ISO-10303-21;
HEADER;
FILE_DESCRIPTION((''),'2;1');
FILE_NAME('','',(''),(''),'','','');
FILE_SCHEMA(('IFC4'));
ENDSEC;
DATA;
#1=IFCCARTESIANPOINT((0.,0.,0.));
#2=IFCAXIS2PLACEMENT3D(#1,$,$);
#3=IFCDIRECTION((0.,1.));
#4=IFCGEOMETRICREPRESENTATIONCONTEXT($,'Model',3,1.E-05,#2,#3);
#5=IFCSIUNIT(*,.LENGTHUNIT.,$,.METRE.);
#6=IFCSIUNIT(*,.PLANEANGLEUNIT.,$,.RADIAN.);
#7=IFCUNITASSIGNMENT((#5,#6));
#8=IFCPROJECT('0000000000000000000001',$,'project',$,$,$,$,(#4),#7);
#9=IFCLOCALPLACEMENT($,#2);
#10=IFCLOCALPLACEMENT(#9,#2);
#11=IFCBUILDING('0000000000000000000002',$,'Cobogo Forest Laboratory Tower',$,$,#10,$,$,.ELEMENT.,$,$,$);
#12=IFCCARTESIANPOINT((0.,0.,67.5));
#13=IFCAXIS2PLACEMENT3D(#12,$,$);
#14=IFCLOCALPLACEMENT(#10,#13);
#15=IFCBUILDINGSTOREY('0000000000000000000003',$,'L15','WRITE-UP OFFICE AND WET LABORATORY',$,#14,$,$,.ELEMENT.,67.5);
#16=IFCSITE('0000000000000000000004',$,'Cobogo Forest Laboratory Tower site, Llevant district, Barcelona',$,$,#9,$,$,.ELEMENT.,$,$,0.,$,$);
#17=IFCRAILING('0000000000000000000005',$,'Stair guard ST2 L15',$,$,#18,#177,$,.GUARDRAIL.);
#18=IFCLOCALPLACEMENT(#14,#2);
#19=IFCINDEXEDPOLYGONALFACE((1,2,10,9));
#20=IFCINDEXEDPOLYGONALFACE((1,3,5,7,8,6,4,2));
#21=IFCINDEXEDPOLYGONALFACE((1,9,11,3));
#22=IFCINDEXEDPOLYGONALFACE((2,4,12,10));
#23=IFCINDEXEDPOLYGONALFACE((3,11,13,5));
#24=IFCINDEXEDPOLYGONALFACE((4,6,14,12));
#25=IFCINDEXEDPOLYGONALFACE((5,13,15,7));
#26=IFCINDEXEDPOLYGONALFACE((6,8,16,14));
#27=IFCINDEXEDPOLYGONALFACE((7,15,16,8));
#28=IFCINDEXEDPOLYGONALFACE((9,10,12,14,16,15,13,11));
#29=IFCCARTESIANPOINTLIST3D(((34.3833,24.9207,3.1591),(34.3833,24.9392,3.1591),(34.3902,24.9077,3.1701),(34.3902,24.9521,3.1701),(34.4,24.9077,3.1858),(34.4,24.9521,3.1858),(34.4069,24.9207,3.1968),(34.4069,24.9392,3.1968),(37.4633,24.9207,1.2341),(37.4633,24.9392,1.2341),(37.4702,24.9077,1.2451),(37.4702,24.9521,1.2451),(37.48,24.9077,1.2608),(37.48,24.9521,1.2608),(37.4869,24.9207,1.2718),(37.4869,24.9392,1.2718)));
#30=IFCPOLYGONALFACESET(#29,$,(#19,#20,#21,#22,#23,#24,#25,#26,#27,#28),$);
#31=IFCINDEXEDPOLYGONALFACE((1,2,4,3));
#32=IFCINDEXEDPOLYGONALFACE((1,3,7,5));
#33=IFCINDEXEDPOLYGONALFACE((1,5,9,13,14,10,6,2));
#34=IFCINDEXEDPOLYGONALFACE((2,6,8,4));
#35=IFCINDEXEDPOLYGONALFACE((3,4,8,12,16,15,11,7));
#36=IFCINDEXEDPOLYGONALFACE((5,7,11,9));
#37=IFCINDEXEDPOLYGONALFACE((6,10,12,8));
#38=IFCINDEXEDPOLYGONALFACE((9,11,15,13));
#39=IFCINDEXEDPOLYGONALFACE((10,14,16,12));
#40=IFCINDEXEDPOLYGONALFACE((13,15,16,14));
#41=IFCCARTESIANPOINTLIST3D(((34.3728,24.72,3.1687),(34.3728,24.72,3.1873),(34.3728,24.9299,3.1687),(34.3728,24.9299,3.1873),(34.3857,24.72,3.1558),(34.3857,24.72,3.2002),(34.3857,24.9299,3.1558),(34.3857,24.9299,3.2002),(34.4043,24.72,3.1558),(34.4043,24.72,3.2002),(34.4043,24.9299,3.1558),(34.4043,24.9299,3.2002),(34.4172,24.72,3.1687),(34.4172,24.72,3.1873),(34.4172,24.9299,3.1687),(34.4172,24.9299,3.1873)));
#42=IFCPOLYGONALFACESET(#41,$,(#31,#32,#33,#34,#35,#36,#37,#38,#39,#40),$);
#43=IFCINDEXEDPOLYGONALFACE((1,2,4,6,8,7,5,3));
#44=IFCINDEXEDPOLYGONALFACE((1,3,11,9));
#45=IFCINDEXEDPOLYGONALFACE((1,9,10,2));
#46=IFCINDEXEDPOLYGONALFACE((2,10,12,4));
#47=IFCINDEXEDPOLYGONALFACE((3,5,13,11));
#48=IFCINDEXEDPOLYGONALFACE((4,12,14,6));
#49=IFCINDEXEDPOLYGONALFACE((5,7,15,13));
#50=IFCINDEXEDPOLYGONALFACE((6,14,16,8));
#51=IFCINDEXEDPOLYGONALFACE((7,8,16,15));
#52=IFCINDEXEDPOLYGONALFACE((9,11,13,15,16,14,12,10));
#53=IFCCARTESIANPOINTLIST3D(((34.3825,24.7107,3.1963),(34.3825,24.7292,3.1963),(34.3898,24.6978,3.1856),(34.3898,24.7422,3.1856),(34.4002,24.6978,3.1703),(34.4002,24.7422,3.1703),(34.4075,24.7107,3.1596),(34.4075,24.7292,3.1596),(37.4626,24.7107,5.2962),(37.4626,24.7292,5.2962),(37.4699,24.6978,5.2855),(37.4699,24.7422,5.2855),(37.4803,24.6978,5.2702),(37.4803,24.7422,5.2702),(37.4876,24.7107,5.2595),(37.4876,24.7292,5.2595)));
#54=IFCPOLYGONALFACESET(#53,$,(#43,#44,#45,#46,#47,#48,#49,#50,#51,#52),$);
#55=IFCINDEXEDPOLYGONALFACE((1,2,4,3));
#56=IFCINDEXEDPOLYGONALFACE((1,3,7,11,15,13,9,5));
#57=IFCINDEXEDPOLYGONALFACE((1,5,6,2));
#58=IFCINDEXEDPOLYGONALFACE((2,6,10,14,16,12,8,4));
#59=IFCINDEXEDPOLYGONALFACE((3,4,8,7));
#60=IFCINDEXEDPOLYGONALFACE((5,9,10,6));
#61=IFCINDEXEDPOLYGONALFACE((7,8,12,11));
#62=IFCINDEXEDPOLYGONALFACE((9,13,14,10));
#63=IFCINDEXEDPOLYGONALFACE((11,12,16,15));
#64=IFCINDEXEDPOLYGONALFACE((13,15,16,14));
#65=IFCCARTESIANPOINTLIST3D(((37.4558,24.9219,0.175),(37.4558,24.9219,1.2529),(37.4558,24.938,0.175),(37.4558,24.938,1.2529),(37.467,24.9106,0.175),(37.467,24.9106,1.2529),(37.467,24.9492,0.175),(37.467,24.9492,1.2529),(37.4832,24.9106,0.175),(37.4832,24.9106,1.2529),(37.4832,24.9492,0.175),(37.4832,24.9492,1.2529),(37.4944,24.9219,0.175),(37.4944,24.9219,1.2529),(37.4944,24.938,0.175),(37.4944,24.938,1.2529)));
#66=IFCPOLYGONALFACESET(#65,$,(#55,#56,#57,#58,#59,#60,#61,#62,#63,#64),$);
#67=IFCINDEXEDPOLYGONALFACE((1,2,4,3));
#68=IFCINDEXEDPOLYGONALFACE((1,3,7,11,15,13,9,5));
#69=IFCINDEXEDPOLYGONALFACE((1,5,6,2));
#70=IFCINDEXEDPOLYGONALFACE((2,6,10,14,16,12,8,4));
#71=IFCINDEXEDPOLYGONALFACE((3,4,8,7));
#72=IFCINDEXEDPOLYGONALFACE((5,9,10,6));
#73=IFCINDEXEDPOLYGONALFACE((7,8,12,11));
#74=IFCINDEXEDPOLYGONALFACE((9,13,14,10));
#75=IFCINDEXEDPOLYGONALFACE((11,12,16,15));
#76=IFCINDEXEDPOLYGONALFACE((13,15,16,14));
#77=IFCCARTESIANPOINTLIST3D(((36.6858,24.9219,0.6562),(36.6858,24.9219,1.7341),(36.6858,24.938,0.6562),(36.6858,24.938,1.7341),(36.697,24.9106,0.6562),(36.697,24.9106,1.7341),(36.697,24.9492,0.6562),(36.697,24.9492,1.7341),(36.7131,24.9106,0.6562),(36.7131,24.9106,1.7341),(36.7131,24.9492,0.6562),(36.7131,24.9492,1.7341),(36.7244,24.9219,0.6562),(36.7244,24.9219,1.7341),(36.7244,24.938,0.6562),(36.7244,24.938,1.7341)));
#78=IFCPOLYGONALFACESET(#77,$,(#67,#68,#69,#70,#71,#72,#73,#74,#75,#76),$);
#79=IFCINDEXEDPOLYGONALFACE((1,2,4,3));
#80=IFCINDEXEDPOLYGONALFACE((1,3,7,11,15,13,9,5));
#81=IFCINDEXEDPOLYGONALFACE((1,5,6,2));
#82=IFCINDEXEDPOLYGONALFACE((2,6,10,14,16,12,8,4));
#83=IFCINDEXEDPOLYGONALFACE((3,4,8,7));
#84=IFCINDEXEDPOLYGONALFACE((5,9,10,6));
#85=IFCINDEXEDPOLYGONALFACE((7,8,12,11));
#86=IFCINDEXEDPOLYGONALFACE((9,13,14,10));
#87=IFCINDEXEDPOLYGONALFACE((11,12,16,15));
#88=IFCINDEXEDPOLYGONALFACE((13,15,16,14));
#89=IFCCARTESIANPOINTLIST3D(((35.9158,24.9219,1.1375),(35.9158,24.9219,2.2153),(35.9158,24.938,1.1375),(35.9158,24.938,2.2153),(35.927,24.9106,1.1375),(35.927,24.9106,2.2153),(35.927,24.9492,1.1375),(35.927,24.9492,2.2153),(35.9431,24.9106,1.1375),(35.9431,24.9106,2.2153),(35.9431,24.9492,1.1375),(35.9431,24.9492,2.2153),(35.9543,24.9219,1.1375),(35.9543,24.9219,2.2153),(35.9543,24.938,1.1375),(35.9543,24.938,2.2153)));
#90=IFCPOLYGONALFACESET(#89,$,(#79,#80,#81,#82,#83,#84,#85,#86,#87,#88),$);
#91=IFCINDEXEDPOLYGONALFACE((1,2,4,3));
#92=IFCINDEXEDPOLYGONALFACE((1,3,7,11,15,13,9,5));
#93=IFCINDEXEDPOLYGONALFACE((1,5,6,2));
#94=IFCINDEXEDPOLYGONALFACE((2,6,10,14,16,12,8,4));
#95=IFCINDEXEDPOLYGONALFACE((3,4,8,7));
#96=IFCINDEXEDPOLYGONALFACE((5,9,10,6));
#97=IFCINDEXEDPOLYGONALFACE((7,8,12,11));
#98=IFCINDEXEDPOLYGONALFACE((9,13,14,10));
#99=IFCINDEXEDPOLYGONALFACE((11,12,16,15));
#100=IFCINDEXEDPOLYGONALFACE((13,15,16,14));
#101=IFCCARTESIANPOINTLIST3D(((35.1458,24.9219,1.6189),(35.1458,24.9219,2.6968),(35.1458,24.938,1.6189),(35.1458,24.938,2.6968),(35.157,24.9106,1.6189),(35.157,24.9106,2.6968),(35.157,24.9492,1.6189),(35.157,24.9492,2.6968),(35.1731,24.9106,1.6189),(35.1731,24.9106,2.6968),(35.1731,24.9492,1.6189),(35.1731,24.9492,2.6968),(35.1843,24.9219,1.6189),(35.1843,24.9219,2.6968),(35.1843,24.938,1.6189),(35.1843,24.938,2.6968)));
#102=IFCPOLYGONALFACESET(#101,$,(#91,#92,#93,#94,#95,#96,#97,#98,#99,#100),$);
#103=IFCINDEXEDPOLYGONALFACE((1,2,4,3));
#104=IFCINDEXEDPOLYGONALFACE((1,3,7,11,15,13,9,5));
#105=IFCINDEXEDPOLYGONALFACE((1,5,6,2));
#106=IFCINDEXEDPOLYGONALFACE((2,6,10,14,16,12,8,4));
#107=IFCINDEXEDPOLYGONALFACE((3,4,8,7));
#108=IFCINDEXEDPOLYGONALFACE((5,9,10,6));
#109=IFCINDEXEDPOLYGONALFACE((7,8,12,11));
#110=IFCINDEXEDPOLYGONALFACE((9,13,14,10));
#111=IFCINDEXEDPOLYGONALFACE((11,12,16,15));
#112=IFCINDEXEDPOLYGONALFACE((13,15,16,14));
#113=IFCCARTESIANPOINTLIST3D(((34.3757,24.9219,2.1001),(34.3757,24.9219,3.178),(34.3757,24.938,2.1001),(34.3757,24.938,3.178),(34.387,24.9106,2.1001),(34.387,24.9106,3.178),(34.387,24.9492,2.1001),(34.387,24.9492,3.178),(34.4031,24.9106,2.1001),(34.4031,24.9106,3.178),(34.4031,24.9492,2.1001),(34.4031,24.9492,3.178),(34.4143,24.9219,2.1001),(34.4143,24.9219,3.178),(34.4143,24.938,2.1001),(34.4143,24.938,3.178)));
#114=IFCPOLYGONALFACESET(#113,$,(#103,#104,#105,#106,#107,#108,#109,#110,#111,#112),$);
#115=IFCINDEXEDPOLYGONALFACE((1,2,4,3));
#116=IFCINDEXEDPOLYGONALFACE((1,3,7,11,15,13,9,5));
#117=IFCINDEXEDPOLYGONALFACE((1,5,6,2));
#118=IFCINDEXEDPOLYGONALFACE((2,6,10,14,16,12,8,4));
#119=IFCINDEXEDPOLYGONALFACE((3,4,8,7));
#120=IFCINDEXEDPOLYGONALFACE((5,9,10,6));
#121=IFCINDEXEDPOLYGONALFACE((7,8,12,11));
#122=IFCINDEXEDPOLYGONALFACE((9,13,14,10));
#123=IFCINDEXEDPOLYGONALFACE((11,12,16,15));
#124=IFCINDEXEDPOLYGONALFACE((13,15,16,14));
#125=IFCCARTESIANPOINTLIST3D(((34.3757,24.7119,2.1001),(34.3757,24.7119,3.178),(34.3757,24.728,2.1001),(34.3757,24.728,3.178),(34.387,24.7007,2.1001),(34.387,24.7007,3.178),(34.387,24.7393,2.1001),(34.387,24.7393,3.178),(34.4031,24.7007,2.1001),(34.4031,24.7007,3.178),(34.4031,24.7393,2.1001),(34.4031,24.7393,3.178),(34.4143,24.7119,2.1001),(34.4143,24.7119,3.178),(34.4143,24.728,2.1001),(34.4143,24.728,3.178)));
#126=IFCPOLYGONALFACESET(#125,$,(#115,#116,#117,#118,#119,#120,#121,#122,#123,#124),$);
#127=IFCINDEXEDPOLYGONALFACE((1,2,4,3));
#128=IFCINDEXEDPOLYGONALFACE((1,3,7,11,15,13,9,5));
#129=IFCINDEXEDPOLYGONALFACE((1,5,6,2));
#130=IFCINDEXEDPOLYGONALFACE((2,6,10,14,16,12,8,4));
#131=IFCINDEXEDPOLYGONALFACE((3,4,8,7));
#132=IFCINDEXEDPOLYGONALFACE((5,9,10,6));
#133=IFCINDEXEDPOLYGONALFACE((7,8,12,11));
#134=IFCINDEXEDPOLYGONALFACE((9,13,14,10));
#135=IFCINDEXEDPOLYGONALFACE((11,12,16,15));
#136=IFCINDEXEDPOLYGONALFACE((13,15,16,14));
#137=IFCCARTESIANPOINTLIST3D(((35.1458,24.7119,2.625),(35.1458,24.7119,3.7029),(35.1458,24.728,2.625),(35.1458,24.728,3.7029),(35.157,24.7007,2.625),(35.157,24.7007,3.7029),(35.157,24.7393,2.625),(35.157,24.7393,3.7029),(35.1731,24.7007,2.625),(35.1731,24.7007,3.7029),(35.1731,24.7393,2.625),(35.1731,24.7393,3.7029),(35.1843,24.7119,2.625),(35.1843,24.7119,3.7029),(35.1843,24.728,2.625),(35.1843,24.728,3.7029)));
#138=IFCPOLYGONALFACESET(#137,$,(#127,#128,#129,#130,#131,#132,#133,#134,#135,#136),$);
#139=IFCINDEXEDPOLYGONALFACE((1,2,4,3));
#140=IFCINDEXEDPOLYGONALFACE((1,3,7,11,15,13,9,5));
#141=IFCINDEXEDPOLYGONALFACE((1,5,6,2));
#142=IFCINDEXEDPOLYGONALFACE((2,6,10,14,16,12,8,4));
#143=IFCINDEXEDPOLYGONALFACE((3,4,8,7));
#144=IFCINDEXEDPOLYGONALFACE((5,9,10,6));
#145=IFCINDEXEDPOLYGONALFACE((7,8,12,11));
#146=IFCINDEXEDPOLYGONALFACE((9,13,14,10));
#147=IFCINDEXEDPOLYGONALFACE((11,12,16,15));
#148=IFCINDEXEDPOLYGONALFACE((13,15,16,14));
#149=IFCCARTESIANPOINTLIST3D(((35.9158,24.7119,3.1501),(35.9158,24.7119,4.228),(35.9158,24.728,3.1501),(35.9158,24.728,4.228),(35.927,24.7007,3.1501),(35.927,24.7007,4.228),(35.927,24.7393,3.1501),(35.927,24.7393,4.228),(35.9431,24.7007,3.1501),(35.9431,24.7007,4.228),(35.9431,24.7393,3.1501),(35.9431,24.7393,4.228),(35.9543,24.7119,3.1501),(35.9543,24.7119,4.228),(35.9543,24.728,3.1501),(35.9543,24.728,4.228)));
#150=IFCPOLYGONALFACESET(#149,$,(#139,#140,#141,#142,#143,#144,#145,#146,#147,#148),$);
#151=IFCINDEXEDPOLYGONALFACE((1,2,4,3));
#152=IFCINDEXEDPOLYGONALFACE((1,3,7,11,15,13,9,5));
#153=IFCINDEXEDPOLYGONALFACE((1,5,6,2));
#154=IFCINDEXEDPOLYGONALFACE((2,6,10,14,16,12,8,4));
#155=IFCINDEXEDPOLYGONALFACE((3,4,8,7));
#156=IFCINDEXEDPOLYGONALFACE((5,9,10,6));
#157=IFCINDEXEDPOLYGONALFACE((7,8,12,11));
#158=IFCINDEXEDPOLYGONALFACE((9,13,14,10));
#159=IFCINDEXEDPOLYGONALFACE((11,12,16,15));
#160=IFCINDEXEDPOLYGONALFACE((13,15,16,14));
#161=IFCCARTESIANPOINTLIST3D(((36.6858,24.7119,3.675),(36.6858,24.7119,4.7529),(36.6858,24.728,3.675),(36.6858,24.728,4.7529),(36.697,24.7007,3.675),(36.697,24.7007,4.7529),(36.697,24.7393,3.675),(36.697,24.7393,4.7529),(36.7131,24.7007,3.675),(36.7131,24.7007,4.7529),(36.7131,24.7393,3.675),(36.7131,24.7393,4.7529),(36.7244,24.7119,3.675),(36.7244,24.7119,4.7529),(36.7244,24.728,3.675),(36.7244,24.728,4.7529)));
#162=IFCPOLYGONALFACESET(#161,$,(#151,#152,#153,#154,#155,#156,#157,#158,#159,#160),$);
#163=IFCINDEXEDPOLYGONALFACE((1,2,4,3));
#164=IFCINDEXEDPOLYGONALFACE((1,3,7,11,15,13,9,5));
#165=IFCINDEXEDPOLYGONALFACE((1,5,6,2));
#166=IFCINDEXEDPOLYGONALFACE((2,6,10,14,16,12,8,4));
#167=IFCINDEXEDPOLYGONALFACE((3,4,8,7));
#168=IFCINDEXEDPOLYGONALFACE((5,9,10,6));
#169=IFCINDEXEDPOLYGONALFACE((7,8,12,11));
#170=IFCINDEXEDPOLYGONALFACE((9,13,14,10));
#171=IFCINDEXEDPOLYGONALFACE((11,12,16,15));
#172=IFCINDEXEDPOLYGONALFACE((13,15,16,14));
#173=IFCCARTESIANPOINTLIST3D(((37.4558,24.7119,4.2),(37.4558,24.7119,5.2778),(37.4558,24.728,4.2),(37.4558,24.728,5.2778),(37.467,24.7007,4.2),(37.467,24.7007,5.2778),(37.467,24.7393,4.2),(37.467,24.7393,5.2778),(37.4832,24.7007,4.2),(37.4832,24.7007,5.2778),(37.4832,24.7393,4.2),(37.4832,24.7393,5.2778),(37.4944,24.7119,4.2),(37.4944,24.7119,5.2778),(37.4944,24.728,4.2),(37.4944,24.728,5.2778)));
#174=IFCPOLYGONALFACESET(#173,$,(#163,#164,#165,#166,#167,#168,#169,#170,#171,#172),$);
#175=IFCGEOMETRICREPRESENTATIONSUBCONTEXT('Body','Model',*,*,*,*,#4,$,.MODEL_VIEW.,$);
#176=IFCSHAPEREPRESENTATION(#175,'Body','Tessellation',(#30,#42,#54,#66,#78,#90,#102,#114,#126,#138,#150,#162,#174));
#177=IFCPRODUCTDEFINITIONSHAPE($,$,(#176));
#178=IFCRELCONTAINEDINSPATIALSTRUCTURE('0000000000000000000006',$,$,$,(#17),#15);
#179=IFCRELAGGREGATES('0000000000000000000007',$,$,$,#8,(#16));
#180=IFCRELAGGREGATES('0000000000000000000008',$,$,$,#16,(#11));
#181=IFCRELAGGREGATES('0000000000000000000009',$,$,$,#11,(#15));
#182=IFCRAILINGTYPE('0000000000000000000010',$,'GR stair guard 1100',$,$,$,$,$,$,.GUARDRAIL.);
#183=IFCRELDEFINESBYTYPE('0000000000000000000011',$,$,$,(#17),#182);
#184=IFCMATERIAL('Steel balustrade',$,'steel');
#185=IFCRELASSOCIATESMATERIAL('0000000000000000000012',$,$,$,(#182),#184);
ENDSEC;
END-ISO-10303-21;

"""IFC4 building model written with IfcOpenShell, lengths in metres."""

from ifc_helpers import new_model, si_unit, direction, frame, origin, place, context, subcontext, project, spatial, polyline, outline, extrude, material, type_object, element, save


model = new_model("IFC4")

# Units and contexts
model_context = context("Model", 3, precision=1e-05, world=origin(), true_north=direction((0.0, 1.0)))
body_context = subcontext(model_context, "Body", "Model", "MODEL_VIEW")
ifc_project = project(units=[si_unit("LENGTHUNIT", "METRE"), si_unit("PLANEANGLEUNIT", "RADIAN")], contexts=[model_context])

# Site, building, storey
site_placement = place(None, origin())
site = spatial("IfcSite", under=ifc_project, at=site_placement, Name="Cobogo Forest Laboratory Tower site, Llevant district, Barcelona", CompositionType="ELEMENT", RefElevation=0.0)
building_placement = place(site_placement, origin())
building = spatial("IfcBuilding", under=site, at=building_placement, Name="Cobogo Forest Laboratory Tower", CompositionType="ELEMENT")
storey_placement = place(building_placement, frame((0.0, 0.0, 67.5)))
storey = spatial("IfcBuildingStorey", under=building, at=storey_placement, Name="L15", Description="WRITE-UP OFFICE AND WET LABORATORY", CompositionType="ELEMENT", Elevation=67.5)

# Railing
ifc_material_1 = material(Name="Steel balustrade", Category="steel")
railing_type = type_object("IfcRailingType", Name="GR stair guard 1100", PredefinedType="GUARDRAIL", material=ifc_material_1)
railing_placement = place(storey_placement, frame((37.4751, 24.9299, 0.175)))
element("IfcRailing", 1, at=railing_placement, inside=storey, type_object=railing_type, Name="Stair guard ST2 L15", PredefinedType="GUARDRAIL", context=body_context, shape_type="SweptSolid", body=[
    extrude(outline(polyline([(0.0222, 0.0093), (0.0093, 0.0222), (-0.0093, 0.0222), (-0.0222, 0.0093), (-0.0222, -0.0093), (-0.0093, -0.0222), (0.0093, -0.0222), (0.0222, -0.0093), (0.0222, 0.0093)])), frame((0.0, 0.0, 1.0779), z_axis=(-0.847998, 0.0, 0.529999), x_axis=(0.0, -1.0, 0.0)), (0.0, 0.0, 1.0), 3.6321),
    extrude(outline(polyline([(0.0222, 0.0093), (0.0093, 0.0222), (-0.0093, 0.0222), (-0.0222, 0.0093), (-0.0222, -0.0093), (-0.0093, -0.0222), (0.0093, -0.0222), (0.0222, -0.0093), (0.0222, 0.0093)])), frame((-3.0801, 0.0, 3.0029), z_axis=(0.0, -1.0, 0.0), x_axis=(1.0, 0.0, 0.0)), (0.0, 0.0, 1.0), 0.21),
    extrude(outline(polyline([(0.0222, 0.0093), (0.0093, 0.0222), (-0.0093, 0.0222), (-0.0222, 0.0093), (-0.0222, -0.0093), (-0.0093, -0.0222), (0.0093, -0.0222), (0.0222, -0.0093), (0.0222, 0.0093)])), frame((-3.0801, -0.21, 3.0029), z_axis=(0.826252, 0.0, 0.5633), x_axis=(0.0, 1.0, 0.0)), (0.0, 0.0, 1.0), 3.7278),
    extrude(outline(polyline([(0.0193, 0.0081), (0.0081, 0.0193), (-0.0081, 0.0193), (-0.0193, 0.0081), (-0.0193, -0.0081), (-0.0081, -0.0193), (0.0081, -0.0193), (0.0193, -0.0081), (0.0193, 0.0081)])), origin(), (0.0, 0.0, 1.0), 1.0779),
    extrude(outline(polyline([(0.0193, 0.0081), (0.0081, 0.0193), (-0.0081, 0.0193), (-0.0193, 0.0081), (-0.0193, -0.0081), (-0.0081, -0.0193), (0.0081, -0.0193), (0.0193, -0.0081), (0.0193, 0.0081)])), frame((-0.77, 0.0, 0.4812)), (0.0, 0.0, 1.0), 1.0779),
    extrude(outline(polyline([(0.0193, 0.0081), (0.0081, 0.0193), (-0.0081, 0.0193), (-0.0193, 0.0081), (-0.0193, -0.0081), (-0.0081, -0.0193), (0.0081, -0.0193), (0.0193, -0.0081), (0.0193, 0.0081)])), frame((-1.54, 0.0, 0.9624)), (0.0, 0.0, 1.0), 1.0779),
    extrude(outline(polyline([(0.0193, 0.0081), (0.0081, 0.0193), (-0.0081, 0.0193), (-0.0193, 0.0081), (-0.0193, -0.0081), (-0.0081, -0.0193), (0.0081, -0.0193), (0.0193, -0.0081), (0.0193, 0.0081)])), frame((-2.3101, 0.0, 1.4438)), (0.0, 0.0, 1.0), 1.0779),
    extrude(outline(polyline([(0.0193, 0.0081), (0.0081, 0.0193), (-0.0081, 0.0193), (-0.0193, 0.0081), (-0.0193, -0.0081), (-0.0081, -0.0193), (0.0081, -0.0193), (0.0193, -0.0081), (0.0193, 0.0081)])), frame((-3.0801, 0.0, 1.925)), (0.0, 0.0, 1.0), 1.0779),
    extrude(outline(polyline([(0.0193, 0.0081), (0.0081, 0.0193), (-0.0081, 0.0193), (-0.0193, 0.0081), (-0.0193, -0.0081), (-0.0081, -0.0193), (0.0081, -0.0193), (0.0193, -0.0081), (0.0193, 0.0081)])), frame((-3.0801, -0.21, 1.925)), (0.0, 0.0, 1.0), 1.0779),
    extrude(outline(polyline([(0.0193, 0.0081), (0.0081, 0.0193), (-0.0081, 0.0193), (-0.0193, 0.0081), (-0.0193, -0.0081), (-0.0081, -0.0193), (0.0081, -0.0193), (0.0193, -0.0081), (0.0193, 0.0081)])), frame((-2.3101, -0.21, 2.45)), (0.0, 0.0, 1.0), 1.0779),
    extrude(outline(polyline([(0.0193, 0.0081), (0.0081, 0.0193), (-0.0081, 0.0193), (-0.0193, 0.0081), (-0.0193, -0.0081), (-0.0081, -0.0193), (0.0081, -0.0193), (0.0193, -0.0081), (0.0193, 0.0081)])), frame((-1.54, -0.21, 2.9751)), (0.0, 0.0, 1.0), 1.0779),
    extrude(outline(polyline([(0.0193, 0.0081), (0.0081, 0.0193), (-0.0081, 0.0193), (-0.0193, 0.0081), (-0.0193, -0.0081), (-0.0081, -0.0193), (0.0081, -0.0193), (0.0193, -0.0081), (0.0193, 0.0081)])), frame((-0.77, -0.21, 3.5)), (0.0, 0.0, 1.0), 1.0779),
    extrude(outline(polyline([(0.0193, 0.0081), (0.0081, 0.0193), (-0.0081, 0.0193), (-0.0193, 0.0081), (-0.0193, -0.0081), (-0.0081, -0.0193), (0.0081, -0.0193), (0.0193, -0.0081), (0.0193, 0.0081)])), frame((0.0, -0.21, 4.0249)), (0.0, 0.0, 1.0), 1.0779),
])

save(model, "model.ifc")
